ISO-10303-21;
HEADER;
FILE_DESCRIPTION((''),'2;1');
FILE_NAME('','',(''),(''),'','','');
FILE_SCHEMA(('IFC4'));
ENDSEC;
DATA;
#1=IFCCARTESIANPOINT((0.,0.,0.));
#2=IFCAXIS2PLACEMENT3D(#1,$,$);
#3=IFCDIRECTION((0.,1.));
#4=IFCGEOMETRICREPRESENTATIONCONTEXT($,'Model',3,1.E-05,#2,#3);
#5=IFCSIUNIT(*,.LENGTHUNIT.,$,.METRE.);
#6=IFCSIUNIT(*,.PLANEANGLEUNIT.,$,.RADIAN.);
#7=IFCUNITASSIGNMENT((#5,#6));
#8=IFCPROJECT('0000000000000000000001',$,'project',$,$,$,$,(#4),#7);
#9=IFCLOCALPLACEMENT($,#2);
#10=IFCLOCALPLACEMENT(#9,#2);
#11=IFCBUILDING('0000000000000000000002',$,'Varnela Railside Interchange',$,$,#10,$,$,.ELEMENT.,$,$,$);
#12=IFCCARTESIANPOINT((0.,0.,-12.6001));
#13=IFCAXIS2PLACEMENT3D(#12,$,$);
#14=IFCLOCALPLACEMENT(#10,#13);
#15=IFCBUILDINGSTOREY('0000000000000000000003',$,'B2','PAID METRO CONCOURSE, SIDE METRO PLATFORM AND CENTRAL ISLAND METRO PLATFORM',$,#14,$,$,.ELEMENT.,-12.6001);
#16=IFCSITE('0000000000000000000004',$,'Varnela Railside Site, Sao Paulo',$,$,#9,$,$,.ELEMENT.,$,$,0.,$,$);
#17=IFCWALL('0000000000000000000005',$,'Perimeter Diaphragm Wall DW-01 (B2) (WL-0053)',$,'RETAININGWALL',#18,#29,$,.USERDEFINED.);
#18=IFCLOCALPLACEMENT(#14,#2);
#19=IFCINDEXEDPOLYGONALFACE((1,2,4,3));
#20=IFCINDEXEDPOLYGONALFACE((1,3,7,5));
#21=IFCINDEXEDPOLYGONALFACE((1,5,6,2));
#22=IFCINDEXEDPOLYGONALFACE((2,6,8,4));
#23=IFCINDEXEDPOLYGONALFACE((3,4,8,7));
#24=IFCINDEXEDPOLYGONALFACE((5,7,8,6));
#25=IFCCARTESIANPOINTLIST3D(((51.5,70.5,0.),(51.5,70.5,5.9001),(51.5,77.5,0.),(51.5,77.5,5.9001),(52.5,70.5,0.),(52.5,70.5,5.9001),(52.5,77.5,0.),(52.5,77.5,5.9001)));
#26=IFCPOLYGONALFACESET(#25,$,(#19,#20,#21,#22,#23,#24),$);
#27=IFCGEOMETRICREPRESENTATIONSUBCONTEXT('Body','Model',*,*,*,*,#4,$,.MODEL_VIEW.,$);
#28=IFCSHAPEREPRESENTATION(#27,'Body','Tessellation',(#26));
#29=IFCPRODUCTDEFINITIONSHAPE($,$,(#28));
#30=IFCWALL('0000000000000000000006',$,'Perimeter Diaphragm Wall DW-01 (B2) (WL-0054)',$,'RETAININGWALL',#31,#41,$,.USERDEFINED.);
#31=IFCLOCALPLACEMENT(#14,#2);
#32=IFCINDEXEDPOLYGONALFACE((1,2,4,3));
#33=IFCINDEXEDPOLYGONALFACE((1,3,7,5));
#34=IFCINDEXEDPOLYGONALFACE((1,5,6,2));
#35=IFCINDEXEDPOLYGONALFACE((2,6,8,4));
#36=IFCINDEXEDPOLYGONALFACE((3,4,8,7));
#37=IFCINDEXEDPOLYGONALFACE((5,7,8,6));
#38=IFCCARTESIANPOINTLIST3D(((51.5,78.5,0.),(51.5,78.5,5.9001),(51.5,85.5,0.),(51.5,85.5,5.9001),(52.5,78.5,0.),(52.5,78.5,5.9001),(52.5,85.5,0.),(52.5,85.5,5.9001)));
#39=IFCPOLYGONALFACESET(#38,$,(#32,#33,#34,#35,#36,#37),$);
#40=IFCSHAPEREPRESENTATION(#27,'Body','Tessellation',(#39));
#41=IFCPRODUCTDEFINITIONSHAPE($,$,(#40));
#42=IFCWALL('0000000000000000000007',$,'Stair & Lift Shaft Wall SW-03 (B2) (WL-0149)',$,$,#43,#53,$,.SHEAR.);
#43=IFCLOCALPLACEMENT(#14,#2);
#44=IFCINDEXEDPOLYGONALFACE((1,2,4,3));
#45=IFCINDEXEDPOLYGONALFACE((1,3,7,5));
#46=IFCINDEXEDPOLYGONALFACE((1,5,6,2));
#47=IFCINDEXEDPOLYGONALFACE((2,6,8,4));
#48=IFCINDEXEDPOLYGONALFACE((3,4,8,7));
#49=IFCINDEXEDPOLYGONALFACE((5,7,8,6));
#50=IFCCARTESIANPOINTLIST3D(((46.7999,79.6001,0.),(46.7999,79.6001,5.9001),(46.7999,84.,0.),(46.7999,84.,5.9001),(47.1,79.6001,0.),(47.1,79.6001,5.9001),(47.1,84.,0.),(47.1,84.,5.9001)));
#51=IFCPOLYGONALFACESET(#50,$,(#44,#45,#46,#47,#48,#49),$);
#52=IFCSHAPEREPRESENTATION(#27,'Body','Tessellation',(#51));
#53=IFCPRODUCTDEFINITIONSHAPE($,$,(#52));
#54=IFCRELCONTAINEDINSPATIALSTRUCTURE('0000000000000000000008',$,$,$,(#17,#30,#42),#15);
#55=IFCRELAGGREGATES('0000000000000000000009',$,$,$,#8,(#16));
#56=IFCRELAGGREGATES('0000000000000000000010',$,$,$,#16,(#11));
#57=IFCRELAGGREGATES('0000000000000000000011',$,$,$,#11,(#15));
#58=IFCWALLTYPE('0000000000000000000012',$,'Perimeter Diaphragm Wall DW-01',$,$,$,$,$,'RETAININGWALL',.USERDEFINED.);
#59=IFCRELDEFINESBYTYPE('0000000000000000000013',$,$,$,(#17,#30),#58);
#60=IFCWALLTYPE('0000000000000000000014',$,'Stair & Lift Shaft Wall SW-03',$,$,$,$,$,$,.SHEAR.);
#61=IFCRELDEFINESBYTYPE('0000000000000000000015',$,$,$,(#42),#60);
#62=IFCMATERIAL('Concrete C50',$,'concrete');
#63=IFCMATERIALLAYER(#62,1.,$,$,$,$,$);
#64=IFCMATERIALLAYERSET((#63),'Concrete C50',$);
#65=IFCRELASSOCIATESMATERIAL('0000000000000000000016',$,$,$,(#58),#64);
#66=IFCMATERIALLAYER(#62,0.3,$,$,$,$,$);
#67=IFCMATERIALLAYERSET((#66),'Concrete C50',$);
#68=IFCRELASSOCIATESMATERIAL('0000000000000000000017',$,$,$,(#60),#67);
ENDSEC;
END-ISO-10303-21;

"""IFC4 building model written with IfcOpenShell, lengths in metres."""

from ifc_helpers import new_model, si_unit, direction, frame, frame_2d, origin, place, context, subcontext, project, spatial, rectangle, extrude, material, layer, layer_set, type_object, element, save


model = new_model("IFC4")

# Units and contexts
model_context = context("Model", 3, precision=1e-05, world=origin(), true_north=direction((0.0, 1.0)))
body_context = subcontext(model_context, "Body", "Model", "MODEL_VIEW")
ifc_project = project(units=[si_unit("LENGTHUNIT", "METRE"), si_unit("PLANEANGLEUNIT", "RADIAN")], contexts=[model_context])

# Site, building, storey
site_placement = place(None, origin())
site = spatial("IfcSite", under=ifc_project, at=site_placement, Name="Varnela Railside Site, Sao Paulo", CompositionType="ELEMENT", RefElevation=0.0)
building_placement = place(site_placement, origin())
building = spatial("IfcBuilding", under=site, at=building_placement, Name="Varnela Railside Interchange", CompositionType="ELEMENT")
storey_placement = place(building_placement, frame((0.0, 0.0, -12.6001)))
storey = spatial("IfcBuildingStorey", under=building, at=storey_placement, Name="B2", Description="PAID METRO CONCOURSE, SIDE METRO PLATFORM AND CENTRAL ISLAND METRO PLATFORM", CompositionType="ELEMENT", Elevation=-12.6001)

# Shared definitions
ifc_material_1 = material(Name="Concrete C50", Category="concrete")

# Walls
ifc_layer_1 = layer(ifc_material_1, 1.0)
ifc_layer_set_1 = layer_set([ifc_layer_1], Name="Concrete C50")
wall_type_1 = type_object("IfcWallType", Name="Perimeter Diaphragm Wall DW-01", ElementType="RETAININGWALL", PredefinedType="USERDEFINED", material=ifc_layer_set_1)
for number, where, z_axis, x_axis, name in (
    (1, (52.0, 70.5, 0.0), (0.0, 0.0, 1.0), (0.0, 1.0, 0.0), "Perimeter Diaphragm Wall DW-01 (B2) (WL-0053)"),
    (2, (52.0, 78.5, 0.0), (0.0, 0.0, 1.0), (0.0, 1.0, 0.0), "Perimeter Diaphragm Wall DW-01 (B2) (WL-0054)"),
):
    element("IfcWall", number, at=place(storey_placement, frame(where, z_axis=z_axis, x_axis=x_axis)), inside=storey, type_object=wall_type_1, Name=name, ObjectType="RETAININGWALL", PredefinedType="USERDEFINED", context=body_context, shape_type="SweptSolid", body=[
        extrude(rectangle(XDim=7.0, YDim=1.0, at=frame_2d((3.5, 0.0))), origin(), (0.0, 0.0, 1.0), 5.9001),
    ])
ifc_layer_2 = layer(ifc_material_1, 0.3)
ifc_layer_set_2 = layer_set([ifc_layer_2], Name="Concrete C50")
wall_type_2 = type_object("IfcWallType", Name="Stair & Lift Shaft Wall SW-03", PredefinedType="SHEAR", material=ifc_layer_set_2)
wall_placement = place(storey_placement, frame((46.95, 79.6001, 0.0), z_axis=(0.0, 0.0, 1.0), x_axis=(0.0, 1.0, 0.0)))
element("IfcWall", 3, at=wall_placement, inside=storey, type_object=wall_type_2, Name="Stair & Lift Shaft Wall SW-03 (B2) (WL-0149)", PredefinedType="SHEAR", context=body_context, shape_type="SweptSolid", body=[
    extrude(rectangle(XDim=4.3999, YDim=0.3, at=frame_2d((2.2, 0.0))), origin(), (0.0, 0.0, 1.0), 5.9001),
])

save(model, "model.ifc")
